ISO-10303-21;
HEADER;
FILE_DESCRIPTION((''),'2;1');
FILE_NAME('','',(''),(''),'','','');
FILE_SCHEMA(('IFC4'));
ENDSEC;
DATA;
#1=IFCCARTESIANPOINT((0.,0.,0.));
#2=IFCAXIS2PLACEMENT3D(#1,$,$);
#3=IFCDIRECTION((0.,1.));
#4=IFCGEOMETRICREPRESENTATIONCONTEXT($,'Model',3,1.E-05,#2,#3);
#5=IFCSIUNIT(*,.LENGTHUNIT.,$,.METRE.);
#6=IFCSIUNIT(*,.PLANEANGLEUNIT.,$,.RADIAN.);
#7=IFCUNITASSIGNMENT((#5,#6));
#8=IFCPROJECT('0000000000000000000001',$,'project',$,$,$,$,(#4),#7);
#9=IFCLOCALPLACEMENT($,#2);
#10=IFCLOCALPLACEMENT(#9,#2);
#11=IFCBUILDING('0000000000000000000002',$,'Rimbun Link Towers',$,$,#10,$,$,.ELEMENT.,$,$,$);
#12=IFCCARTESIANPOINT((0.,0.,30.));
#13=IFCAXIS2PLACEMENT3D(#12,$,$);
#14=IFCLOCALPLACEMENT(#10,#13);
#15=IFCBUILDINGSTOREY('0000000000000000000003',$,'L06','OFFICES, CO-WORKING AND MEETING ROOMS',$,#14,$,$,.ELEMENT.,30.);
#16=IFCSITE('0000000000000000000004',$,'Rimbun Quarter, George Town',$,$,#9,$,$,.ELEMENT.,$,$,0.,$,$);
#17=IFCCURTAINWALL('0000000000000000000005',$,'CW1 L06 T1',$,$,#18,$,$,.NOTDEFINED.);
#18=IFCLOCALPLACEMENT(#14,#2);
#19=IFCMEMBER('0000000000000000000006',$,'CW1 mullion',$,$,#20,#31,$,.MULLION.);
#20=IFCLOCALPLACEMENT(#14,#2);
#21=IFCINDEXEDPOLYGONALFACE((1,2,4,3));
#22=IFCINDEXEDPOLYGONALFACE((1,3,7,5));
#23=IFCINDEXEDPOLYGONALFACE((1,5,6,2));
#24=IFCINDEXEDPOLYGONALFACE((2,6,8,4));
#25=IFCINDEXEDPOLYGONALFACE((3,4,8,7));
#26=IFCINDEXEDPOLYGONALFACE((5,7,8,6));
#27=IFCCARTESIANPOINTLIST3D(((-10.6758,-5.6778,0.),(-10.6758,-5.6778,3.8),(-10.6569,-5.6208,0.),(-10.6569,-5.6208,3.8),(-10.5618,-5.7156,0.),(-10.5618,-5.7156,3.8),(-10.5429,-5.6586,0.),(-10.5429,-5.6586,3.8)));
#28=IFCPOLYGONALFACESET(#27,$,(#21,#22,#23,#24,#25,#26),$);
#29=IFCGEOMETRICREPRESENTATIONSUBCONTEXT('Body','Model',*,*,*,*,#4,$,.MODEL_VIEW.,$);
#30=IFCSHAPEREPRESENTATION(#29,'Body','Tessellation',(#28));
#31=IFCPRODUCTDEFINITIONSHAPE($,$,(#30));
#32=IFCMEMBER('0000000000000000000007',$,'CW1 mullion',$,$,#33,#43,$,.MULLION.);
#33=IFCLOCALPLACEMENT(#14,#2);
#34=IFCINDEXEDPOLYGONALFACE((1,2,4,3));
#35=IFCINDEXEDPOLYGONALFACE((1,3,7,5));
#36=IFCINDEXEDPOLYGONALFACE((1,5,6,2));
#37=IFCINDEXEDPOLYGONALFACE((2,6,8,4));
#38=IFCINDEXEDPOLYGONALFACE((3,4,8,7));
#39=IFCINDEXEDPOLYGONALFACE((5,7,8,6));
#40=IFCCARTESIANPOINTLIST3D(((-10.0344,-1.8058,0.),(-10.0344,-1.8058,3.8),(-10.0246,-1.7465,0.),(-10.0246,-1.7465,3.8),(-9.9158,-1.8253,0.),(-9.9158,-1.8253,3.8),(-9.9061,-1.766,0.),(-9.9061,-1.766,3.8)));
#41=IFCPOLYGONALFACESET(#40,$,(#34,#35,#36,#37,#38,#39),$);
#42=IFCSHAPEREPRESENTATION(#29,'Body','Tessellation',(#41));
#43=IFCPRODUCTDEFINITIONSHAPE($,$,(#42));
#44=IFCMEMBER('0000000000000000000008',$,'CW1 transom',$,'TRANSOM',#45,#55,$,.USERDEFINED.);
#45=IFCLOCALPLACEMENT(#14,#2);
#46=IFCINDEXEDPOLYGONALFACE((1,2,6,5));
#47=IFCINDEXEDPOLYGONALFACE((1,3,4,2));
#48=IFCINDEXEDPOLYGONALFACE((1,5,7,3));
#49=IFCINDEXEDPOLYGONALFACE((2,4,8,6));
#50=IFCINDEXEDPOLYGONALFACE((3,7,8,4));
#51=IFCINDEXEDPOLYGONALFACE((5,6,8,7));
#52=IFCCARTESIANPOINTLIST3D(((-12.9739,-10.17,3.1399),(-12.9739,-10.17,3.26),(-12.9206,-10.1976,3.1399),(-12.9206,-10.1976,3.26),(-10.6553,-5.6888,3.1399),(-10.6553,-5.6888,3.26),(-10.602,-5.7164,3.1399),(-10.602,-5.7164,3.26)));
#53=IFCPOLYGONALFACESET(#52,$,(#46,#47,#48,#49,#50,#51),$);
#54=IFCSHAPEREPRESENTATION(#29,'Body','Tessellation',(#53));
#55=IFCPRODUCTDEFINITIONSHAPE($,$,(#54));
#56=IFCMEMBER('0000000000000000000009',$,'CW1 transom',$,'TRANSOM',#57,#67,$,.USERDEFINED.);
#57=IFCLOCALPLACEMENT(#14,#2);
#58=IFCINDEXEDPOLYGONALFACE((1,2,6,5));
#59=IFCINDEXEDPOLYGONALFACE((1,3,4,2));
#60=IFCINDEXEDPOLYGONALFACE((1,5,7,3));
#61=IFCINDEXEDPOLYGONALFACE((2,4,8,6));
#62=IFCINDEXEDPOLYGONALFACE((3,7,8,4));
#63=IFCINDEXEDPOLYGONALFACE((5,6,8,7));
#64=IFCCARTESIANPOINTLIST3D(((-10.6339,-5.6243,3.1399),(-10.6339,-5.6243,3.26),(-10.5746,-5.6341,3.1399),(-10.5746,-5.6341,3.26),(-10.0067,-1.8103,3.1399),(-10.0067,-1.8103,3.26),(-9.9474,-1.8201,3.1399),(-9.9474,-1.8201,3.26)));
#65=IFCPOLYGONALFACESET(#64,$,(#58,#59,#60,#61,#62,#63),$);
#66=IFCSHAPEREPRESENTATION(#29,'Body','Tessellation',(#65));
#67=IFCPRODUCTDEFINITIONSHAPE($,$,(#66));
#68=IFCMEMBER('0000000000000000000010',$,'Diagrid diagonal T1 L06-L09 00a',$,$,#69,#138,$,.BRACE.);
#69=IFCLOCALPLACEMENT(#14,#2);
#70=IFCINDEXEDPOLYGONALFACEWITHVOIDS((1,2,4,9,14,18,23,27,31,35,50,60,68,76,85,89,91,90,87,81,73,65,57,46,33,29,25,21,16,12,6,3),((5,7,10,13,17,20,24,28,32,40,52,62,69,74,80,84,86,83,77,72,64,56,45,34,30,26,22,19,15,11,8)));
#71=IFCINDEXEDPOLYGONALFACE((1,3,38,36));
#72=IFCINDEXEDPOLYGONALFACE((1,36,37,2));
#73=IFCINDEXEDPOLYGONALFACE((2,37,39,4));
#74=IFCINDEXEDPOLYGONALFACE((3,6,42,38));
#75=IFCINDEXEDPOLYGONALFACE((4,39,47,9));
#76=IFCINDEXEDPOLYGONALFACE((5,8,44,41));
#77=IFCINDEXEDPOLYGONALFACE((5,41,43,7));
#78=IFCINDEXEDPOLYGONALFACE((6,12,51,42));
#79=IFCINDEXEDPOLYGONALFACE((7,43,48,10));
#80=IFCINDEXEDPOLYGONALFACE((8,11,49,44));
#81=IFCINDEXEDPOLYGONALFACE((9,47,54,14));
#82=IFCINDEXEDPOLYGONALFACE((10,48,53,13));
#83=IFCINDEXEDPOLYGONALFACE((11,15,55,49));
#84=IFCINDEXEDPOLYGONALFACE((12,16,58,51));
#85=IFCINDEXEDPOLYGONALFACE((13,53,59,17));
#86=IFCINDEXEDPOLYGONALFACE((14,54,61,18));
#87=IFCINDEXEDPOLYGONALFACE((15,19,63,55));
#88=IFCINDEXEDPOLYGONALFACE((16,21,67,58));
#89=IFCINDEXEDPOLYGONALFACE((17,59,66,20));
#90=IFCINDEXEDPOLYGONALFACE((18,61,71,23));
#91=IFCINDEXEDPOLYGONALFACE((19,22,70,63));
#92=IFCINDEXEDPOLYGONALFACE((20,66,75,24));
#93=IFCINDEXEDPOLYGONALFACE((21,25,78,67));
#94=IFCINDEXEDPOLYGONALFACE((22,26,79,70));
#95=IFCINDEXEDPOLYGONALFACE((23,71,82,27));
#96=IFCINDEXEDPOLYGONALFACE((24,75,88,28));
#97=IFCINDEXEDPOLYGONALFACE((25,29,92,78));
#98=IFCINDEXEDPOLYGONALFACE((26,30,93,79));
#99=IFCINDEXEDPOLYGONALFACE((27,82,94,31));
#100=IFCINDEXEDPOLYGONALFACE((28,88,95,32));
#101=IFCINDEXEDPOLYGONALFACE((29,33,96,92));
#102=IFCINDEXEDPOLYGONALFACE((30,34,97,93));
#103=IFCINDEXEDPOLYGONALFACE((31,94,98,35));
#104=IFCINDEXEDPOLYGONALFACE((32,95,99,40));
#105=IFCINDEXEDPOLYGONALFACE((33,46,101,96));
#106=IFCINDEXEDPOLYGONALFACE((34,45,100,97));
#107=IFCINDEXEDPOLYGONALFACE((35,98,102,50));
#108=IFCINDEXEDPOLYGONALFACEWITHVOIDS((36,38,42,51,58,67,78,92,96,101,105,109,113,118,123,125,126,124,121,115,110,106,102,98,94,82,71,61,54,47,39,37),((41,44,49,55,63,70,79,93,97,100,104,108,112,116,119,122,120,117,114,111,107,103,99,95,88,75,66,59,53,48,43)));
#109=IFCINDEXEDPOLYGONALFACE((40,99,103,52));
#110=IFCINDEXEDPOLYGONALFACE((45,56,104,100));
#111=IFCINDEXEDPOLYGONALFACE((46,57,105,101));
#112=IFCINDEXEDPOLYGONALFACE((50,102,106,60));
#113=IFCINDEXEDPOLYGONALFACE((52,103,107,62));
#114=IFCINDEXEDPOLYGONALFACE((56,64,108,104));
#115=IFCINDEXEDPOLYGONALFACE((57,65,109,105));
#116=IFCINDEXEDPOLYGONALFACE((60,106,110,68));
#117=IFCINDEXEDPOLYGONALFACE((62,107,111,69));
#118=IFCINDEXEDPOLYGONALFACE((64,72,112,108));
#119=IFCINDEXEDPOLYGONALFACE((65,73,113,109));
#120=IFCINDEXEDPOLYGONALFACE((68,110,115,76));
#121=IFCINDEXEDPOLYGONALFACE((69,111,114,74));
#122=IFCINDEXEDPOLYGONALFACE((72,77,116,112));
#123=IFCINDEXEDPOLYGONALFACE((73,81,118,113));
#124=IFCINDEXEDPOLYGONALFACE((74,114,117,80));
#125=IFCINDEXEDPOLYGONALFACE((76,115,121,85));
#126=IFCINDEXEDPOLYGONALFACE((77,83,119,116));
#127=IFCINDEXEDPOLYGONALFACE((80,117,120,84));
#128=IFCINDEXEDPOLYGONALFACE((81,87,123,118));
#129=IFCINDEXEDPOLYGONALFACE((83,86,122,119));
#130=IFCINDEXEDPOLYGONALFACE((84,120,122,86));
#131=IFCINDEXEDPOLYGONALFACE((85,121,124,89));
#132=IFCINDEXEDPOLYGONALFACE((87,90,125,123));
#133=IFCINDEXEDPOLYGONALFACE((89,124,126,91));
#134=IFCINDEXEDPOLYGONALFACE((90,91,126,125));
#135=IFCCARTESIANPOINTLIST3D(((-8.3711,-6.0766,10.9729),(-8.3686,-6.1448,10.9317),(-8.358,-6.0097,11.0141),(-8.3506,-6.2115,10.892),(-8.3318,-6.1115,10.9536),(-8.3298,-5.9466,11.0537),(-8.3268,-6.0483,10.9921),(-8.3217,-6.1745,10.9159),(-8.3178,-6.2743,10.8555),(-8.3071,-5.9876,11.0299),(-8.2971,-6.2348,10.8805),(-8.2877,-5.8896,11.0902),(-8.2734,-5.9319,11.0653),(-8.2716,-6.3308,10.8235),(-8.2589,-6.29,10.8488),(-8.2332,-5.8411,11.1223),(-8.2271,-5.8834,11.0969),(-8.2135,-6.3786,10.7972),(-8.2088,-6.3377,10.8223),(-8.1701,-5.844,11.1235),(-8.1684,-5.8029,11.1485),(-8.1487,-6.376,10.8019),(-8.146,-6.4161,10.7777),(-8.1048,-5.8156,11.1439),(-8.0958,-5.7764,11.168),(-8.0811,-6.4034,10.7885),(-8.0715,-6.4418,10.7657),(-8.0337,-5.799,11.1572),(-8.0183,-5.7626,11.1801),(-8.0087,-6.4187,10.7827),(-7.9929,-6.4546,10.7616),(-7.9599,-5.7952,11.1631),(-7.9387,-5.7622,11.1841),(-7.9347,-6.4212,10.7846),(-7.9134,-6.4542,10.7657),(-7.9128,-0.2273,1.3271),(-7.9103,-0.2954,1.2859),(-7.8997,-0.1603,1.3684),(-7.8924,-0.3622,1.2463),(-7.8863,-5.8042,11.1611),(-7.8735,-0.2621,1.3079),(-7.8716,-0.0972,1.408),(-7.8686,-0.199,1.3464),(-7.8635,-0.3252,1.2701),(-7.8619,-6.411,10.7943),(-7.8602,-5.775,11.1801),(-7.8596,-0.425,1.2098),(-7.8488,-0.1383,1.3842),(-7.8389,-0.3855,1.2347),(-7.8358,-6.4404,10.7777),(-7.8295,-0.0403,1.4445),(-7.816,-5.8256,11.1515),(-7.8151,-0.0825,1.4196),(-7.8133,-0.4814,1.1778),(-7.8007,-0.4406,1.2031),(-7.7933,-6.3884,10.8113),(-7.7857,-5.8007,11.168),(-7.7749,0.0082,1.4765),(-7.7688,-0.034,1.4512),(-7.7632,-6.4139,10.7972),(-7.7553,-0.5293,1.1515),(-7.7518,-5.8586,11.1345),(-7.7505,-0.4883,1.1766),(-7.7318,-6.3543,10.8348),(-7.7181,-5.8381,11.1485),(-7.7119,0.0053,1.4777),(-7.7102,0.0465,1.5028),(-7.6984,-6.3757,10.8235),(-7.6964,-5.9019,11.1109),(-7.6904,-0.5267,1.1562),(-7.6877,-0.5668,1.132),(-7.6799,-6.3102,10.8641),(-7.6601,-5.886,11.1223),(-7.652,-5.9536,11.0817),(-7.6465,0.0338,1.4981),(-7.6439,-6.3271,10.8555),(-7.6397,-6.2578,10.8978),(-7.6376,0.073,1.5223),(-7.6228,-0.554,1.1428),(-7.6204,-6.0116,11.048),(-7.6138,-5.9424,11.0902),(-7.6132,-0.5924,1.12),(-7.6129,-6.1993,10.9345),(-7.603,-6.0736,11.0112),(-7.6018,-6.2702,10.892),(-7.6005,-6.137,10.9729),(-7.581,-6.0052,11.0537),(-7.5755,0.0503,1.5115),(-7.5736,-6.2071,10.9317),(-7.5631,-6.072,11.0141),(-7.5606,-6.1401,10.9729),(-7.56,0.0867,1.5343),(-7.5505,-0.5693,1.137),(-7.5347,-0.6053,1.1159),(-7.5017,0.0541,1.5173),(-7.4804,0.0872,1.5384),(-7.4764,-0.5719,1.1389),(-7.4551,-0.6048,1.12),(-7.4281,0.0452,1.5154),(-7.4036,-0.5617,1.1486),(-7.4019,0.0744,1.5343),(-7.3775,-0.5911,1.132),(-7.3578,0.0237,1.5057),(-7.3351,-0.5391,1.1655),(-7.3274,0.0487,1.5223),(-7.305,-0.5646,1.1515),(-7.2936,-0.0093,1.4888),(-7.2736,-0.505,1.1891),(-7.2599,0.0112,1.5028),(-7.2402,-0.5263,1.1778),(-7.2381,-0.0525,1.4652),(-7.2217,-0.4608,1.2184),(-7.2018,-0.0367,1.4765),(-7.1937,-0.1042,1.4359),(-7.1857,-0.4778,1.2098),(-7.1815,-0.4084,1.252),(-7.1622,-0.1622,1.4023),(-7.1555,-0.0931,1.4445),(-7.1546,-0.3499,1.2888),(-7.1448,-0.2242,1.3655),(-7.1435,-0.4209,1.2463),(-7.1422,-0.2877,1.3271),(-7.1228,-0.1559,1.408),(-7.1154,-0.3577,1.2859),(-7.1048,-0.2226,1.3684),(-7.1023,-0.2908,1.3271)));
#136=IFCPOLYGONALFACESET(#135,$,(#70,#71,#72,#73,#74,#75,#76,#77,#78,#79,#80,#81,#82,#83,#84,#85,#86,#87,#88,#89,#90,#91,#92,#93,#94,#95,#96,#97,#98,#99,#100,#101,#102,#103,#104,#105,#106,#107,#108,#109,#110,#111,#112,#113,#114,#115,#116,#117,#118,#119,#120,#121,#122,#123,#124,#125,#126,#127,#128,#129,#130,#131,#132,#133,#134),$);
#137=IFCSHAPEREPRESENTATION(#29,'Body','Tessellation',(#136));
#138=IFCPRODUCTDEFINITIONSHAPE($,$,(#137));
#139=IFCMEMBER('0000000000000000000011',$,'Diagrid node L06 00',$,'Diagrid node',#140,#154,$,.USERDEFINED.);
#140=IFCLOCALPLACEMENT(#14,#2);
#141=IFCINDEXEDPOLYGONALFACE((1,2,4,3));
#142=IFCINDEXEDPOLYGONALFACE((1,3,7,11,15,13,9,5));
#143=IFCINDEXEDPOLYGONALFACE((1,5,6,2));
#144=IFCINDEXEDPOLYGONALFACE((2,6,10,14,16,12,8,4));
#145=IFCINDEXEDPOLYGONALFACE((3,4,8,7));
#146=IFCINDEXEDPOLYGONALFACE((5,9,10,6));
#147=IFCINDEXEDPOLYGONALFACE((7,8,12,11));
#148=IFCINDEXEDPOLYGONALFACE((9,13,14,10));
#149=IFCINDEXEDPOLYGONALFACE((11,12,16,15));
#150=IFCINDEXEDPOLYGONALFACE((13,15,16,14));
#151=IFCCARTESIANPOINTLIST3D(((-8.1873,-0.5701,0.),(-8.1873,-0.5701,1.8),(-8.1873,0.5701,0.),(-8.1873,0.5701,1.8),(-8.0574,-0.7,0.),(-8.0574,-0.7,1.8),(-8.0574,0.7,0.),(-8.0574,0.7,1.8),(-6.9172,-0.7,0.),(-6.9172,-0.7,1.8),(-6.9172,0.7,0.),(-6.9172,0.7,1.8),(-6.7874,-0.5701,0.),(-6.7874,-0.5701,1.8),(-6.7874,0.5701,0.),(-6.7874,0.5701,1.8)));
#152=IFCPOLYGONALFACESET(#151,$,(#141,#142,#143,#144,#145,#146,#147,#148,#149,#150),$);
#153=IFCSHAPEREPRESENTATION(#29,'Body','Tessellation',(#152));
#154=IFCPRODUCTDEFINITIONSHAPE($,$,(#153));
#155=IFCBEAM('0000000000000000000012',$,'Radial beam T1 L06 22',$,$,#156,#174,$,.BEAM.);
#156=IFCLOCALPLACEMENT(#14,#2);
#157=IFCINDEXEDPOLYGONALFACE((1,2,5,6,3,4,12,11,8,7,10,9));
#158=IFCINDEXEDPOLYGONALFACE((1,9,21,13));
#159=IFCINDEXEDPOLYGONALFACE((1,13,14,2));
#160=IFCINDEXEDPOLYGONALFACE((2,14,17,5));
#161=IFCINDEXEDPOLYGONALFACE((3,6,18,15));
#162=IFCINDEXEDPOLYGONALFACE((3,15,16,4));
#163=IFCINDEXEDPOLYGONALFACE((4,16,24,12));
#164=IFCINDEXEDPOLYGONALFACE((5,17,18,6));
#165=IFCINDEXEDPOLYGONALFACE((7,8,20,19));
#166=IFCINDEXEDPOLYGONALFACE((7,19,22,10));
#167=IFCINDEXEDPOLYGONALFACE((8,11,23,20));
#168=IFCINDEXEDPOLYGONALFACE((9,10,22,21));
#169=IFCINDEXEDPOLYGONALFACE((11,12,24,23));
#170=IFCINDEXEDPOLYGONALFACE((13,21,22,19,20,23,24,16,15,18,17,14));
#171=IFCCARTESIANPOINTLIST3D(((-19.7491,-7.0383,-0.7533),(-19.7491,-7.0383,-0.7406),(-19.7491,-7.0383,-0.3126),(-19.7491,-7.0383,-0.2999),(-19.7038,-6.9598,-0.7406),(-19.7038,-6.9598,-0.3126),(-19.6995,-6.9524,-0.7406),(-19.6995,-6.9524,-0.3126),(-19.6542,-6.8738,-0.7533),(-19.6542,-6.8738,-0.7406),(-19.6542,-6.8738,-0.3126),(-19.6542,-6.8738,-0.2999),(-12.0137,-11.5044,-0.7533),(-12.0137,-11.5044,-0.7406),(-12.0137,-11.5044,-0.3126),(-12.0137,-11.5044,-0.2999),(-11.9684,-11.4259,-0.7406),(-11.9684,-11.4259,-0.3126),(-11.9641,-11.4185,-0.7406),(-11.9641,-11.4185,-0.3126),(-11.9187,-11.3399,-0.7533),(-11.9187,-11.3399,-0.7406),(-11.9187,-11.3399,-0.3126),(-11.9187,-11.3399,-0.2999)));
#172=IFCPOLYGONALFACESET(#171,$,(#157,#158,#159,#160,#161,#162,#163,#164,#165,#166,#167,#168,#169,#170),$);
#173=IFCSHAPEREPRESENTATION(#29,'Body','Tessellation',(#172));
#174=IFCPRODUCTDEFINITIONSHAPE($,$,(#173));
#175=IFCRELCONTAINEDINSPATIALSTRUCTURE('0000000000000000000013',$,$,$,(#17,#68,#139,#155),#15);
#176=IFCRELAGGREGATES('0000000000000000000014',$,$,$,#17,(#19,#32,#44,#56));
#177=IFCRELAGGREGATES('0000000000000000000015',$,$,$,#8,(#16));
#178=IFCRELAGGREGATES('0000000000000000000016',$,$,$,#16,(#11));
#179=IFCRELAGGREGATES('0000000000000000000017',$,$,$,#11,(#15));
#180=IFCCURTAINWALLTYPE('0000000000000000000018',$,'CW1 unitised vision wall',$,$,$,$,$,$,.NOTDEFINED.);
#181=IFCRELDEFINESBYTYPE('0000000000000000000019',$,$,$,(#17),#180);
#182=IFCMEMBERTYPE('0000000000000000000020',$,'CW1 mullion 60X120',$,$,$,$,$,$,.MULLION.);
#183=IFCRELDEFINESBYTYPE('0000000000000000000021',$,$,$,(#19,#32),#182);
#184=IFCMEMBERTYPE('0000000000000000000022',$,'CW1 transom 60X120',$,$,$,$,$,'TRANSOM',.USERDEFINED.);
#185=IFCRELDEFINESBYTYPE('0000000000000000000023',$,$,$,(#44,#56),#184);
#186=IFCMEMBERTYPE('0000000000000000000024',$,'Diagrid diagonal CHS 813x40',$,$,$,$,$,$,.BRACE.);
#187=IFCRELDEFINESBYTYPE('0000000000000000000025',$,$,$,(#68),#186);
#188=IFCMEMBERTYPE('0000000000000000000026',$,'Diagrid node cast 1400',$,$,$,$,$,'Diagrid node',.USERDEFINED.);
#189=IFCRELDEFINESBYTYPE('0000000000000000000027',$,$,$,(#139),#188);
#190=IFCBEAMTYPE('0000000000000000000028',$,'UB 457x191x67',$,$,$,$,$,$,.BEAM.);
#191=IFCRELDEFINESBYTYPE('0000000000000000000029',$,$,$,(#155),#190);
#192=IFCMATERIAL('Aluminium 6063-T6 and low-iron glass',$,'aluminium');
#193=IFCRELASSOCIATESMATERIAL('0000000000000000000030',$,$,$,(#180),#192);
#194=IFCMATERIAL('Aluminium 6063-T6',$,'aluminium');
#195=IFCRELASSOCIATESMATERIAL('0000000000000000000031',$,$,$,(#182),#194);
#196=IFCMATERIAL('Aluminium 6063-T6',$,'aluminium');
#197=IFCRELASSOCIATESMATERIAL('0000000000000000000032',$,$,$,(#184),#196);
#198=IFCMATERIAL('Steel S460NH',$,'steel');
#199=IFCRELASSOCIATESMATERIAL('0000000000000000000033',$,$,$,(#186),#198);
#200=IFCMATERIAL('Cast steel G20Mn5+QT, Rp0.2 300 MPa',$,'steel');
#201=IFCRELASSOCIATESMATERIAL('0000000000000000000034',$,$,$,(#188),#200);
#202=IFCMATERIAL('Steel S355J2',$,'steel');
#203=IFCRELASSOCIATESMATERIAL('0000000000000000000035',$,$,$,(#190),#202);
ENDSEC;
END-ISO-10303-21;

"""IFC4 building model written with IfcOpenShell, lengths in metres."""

from ifc_helpers import new_model, si_unit, direction, frame, origin, origin_2d, place, context, subcontext, project, spatial, polyline, rectangle, hollow_circle, i_section, outline, extrude, material, material_profile, profile_set, type_object, element, aggregate, save


model = new_model("IFC4")

# Units and contexts
model_context = context("Model", 3, precision=1e-05, world=origin(), true_north=direction((0.0, 1.0)))
body_context = subcontext(model_context, "Body", "Model", "MODEL_VIEW")
ifc_project = project(units=[si_unit("LENGTHUNIT", "METRE"), si_unit("PLANEANGLEUNIT", "RADIAN")], contexts=[model_context])

# Site, building, storey
site_placement = place(None, origin())
site = spatial("IfcSite", under=ifc_project, at=site_placement, Name="Rimbun Quarter, George Town", CompositionType="ELEMENT", RefElevation=0.0)
building_placement = place(site_placement, origin())
building = spatial("IfcBuilding", under=site, at=building_placement, Name="Rimbun Link Towers", CompositionType="ELEMENT")
storey_placement = place(building_placement, frame((0.0, 0.0, 30.0)))
storey = spatial("IfcBuildingStorey", under=building, at=storey_placement, Name="L06", Description="OFFICES, CO-WORKING AND MEETING ROOMS", CompositionType="ELEMENT", Elevation=30.0)

# Curtain wall, members
ifc_material_1 = material(Name="Aluminium 6063-T6 and low-iron glass", Category="aluminium")
curtain_wall_type = type_object("IfcCurtainWallType", Name="CW1 unitised vision wall", PredefinedType="NOTDEFINED", material=ifc_material_1)
curtain_wall_placement = place(storey_placement, origin())
curtain_wall = element("IfcCurtainWall", 1, at=curtain_wall_placement, inside=storey, type_object=curtain_wall_type, Name="CW1 L06 T1", PredefinedType="NOTDEFINED")
ifc_material_2 = material(Name="Aluminium 6063-T6", Category="aluminium")
ifc_material_profile_1 = material_profile(ifc_material_2, rectangle(XDim=0.1201, YDim=0.0601, at=origin_2d()), Name="MULLION 60X120")
ifc_profile_set_1 = profile_set([ifc_material_profile_1], Name="Aluminium 6063-T6")
member_type_1 = type_object("IfcMemberType", Name="CW1 mullion 60X120", PredefinedType="MULLION", material=ifc_profile_set_1)
member_1_placement = place(storey_placement, frame((-10.6094, -5.6682, 0.0), z_axis=(0.0, 0.0, 1.0), x_axis=(0.949161, -0.31479, 0.0)))
member_1 = element("IfcMember", 2, at=member_1_placement, type_object=member_type_1, Name="CW1 mullion", PredefinedType="MULLION", context=body_context, shape_type="SweptSolid", body=[
    extrude(rectangle(XDim=0.1201, YDim=0.0601, at=origin_2d()), origin(), (0.0, 0.0, 1.0), 3.8),
])
member_2_placement = place(storey_placement, frame((-9.9702, -1.7859, 0.0), z_axis=(0.0, 0.0, 1.0), x_axis=(0.986748, -0.162263, 0.0)))
member_2 = element("IfcMember", 3, at=member_2_placement, type_object=member_type_1, Name="CW1 mullion", PredefinedType="MULLION", context=body_context, shape_type="SweptSolid", body=[
    extrude(rectangle(XDim=0.1201, YDim=0.0601, at=origin_2d()), origin(), (0.0, 0.0, 1.0), 3.8),
])
ifc_material_3 = material(Name="Aluminium 6063-T6", Category="aluminium")
ifc_material_profile_2 = material_profile(ifc_material_3, rectangle(XDim=0.0601, YDim=0.1201, at=origin_2d()), Name="TRANSOM 60X120")
ifc_profile_set_2 = profile_set([ifc_material_profile_2], Name="Aluminium 6063-T6")
member_type_2 = type_object("IfcMemberType", Name="CW1 transom 60X120", ElementType="TRANSOM", PredefinedType="USERDEFINED", material=ifc_profile_set_2)
member_3_placement = place(storey_placement, frame((-10.6287, -5.7026, 3.2), z_axis=(-0.459539, -0.888158, 0.0), x_axis=(0.888158, -0.459539, 0.0)))
member_3 = element("IfcMember", 4, at=member_3_placement, type_object=member_type_2, Name="CW1 transom", ObjectType="TRANSOM", PredefinedType="USERDEFINED", context=body_context, shape_type="SweptSolid", body=[
    extrude(rectangle(XDim=0.0601, YDim=0.1201, at=origin_2d()), origin(), (0.0, 0.0, 1.0), 5.0454),
])
member_4_placement = place(storey_placement, frame((-9.9771, -1.8152, 3.2), z_axis=(-0.162268, -0.986747, 0.0), x_axis=(0.986747, -0.162268, 0.0)))
member_4 = element("IfcMember", 5, at=member_4_placement, type_object=member_type_2, Name="CW1 transom", ObjectType="TRANSOM", PredefinedType="USERDEFINED", context=body_context, shape_type="SweptSolid", body=[
    extrude(rectangle(XDim=0.0601, YDim=0.1201, at=origin_2d()), origin(), (0.0, 0.0, 1.0), 3.8652),
])

# Members
ifc_material_4 = material(Name="Steel S460NH", Category="steel")
ifc_material_profile_3 = material_profile(ifc_material_4, hollow_circle(Radius=0.4065, WallThickness=0.04, at=origin_2d()), Name="Diagrid diagonal CHS 813x40")
ifc_profile_set_3 = profile_set([ifc_material_profile_3], Name="Steel S460NH")
member_type_3 = type_object("IfcMemberType", Name="Diagrid diagonal CHS 813x40", PredefinedType="BRACE", material=ifc_profile_set_3)
member_5_placement = place(storey_placement, frame((-7.5076, -0.259, 1.3271), z_axis=(-0.040589, -0.518098, 0.854357), x_axis=(0.996945, -0.078103, 0.0)))
element("IfcMember", 6, at=member_5_placement, inside=storey, type_object=member_type_3, Name="Diagrid diagonal T1 L06-L09 00a", PredefinedType="BRACE", context=body_context, shape_type="SweptSolid", body=[
    extrude(hollow_circle(Radius=0.4065, WallThickness=0.04, at=origin_2d()), origin(), (0.0, 0.0, 1.0), 11.29),
])
ifc_material_5 = material(Name="Cast steel G20Mn5+QT, Rp0.2 300 MPa", Category="steel")
ifc_material_profile_4 = material_profile(ifc_material_5, outline(polyline([(0.7, -0.5701), (0.7, 0.5701), (0.5701, 0.7), (-0.5701, 0.7), (-0.7, 0.5701), (-0.7, -0.5701), (-0.5701, -0.7), (0.5701, -0.7), (0.7, -0.5701)])), Name="NODE 1400x1400")
ifc_profile_set_4 = profile_set([ifc_material_profile_4], Name="Cast steel G20Mn5+QT, Rp0.2 300 MPa")
member_type_4 = type_object("IfcMemberType", Name="Diagrid node cast 1400", ElementType="Diagrid node", PredefinedType="USERDEFINED", material=ifc_profile_set_4)
member_6_placement = place(storey_placement, frame((-7.4873, 0.0, 0.0), z_axis=(0.0, 0.0, 1.0), x_axis=(1.0, 0.0, 0.0)))
element("IfcMember", 7, at=member_6_placement, inside=storey, type_object=member_type_4, Name="Diagrid node L06 00", ObjectType="Diagrid node", PredefinedType="USERDEFINED", context=body_context, shape_type="SweptSolid", body=[
    extrude(outline(polyline([(0.7, -0.5701), (0.7, 0.5701), (0.5701, 0.7), (-0.5701, 0.7), (-0.7, 0.5701), (-0.7, -0.5701), (-0.5701, -0.7), (0.5701, -0.7), (0.7, -0.5701)])), origin(), (0.0, 0.0, 1.0), 1.8),
])

# Beam
ifc_material_6 = material(Name="Steel S355J2", Category="steel")
ifc_material_profile_5 = material_profile(ifc_material_6, i_section(OverallWidth=0.1899, OverallDepth=0.4534, WebThickness=0.0085, FlangeThickness=0.0127, at=origin_2d()), Name="UB 457x191x67")
ifc_profile_set_5 = profile_set([ifc_material_profile_5], Name="Steel S355J2")
beam_type_1 = type_object("IfcBeamType", Name="UB 457x191x67", PredefinedType="BEAM", material=ifc_profile_set_5)
beam_1_placement = place(storey_placement, frame((-19.7017, -6.9561, -0.5266), z_axis=(0.866023, -0.500005, 0.0), x_axis=(0.500005, 0.866023, 0.0)))
element("IfcBeam", 8, at=beam_1_placement, inside=storey, type_object=beam_type_1, Name="Radial beam T1 L06 22", PredefinedType="BEAM", context=body_context, shape_type="SweptSolid", body=[
    extrude(i_section(OverallWidth=0.1899, OverallDepth=0.4534, WebThickness=0.0085, FlangeThickness=0.0127, at=origin_2d()), origin(), (0.0, 0.0, 1.0), 8.9321),
])

aggregate(curtain_wall, [member_1, member_2, member_3, member_4])

save(model, "model.ifc")
